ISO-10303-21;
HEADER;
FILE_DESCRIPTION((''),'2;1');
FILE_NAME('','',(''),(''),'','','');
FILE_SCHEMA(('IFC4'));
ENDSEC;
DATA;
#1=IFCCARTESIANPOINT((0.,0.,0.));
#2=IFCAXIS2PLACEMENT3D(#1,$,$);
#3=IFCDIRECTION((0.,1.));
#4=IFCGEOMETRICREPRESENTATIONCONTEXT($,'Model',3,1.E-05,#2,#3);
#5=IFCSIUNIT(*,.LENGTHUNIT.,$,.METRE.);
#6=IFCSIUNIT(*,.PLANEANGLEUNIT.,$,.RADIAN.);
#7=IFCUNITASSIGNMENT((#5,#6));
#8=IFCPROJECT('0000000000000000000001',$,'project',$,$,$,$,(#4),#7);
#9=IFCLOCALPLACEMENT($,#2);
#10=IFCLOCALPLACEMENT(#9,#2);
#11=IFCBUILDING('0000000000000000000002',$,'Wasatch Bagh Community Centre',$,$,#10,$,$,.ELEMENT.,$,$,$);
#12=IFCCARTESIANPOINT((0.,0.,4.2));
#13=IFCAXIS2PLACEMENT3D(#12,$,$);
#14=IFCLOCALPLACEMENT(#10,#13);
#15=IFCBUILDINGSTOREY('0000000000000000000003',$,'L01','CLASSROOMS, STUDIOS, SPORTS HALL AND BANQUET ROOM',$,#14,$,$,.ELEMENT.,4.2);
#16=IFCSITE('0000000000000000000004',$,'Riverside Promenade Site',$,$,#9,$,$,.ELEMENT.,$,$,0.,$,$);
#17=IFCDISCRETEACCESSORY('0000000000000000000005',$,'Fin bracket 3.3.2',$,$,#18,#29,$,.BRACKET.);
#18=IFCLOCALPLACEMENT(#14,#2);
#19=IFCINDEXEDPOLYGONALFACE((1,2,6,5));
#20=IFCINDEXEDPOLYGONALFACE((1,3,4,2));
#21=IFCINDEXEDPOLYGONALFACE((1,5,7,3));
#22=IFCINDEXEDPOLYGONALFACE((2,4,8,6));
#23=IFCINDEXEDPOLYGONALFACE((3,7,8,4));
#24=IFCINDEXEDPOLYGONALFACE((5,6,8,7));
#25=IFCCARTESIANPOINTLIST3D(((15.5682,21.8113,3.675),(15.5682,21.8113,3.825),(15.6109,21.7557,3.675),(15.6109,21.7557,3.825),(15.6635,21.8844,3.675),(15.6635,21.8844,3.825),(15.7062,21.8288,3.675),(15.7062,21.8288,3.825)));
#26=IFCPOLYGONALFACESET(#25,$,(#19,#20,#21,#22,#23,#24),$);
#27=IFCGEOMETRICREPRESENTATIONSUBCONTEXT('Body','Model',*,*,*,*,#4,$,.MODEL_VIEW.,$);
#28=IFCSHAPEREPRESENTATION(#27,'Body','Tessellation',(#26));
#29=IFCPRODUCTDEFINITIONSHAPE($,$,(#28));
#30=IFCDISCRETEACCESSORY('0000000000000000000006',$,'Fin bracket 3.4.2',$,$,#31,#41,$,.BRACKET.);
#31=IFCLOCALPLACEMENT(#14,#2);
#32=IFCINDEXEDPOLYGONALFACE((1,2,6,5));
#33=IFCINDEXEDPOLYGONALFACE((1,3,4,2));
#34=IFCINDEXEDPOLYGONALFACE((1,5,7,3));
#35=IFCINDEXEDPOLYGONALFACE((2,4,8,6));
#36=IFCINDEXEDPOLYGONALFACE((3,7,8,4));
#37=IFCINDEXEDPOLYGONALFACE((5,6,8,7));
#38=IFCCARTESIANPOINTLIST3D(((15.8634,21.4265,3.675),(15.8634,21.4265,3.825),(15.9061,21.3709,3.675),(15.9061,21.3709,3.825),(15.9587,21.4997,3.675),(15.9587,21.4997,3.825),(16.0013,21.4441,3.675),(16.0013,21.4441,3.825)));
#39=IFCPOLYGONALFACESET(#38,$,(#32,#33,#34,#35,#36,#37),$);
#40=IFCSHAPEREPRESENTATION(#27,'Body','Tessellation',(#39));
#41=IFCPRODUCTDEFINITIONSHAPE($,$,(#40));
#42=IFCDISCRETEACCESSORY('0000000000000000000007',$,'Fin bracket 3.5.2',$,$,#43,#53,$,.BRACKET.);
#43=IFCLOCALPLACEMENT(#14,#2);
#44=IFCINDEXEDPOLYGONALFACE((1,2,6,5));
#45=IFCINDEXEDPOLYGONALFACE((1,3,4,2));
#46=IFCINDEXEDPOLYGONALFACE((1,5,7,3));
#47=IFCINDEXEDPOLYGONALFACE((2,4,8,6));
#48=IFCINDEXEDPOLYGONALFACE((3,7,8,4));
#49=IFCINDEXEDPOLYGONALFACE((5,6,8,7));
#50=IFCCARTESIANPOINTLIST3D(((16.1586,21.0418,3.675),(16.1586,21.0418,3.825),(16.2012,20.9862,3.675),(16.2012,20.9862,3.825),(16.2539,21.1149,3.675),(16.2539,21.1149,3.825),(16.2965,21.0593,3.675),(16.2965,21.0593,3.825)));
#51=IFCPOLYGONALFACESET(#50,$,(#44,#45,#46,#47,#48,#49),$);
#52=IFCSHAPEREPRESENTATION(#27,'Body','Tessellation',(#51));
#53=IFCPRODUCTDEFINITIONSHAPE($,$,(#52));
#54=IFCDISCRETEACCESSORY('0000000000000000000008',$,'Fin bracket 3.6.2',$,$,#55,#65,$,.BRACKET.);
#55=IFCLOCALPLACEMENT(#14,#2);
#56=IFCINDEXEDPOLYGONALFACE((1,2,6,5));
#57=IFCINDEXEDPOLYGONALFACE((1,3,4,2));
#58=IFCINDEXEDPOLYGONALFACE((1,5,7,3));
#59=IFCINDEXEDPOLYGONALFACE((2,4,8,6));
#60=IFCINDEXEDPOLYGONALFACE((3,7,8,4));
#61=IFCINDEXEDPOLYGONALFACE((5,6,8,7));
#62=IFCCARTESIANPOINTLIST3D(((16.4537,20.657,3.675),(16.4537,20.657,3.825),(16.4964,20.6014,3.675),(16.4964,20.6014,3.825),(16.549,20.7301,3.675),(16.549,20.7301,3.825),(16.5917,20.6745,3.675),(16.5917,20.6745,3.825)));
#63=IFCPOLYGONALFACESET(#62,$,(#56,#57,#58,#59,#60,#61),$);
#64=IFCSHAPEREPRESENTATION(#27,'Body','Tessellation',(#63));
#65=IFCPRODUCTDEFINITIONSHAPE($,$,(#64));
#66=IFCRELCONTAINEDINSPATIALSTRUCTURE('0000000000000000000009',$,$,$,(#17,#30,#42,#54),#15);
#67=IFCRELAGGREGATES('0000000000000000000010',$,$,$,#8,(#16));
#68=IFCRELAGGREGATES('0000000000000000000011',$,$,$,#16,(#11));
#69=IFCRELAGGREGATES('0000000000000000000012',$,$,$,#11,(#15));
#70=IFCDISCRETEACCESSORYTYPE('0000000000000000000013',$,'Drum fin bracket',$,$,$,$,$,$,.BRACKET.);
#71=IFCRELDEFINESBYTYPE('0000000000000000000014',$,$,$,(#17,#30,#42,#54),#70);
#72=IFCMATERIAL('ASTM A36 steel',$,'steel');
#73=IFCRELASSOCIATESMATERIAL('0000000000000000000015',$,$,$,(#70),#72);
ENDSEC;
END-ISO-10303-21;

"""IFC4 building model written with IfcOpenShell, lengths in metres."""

from ifc_helpers import new_model, si_unit, direction, frame, origin, origin_2d, place, context, subcontext, project, spatial, rectangle, extrude, material, type_object, element, save


model = new_model("IFC4")

# Units and contexts
model_context = context("Model", 3, precision=1e-05, world=origin(), true_north=direction((0.0, 1.0)))
body_context = subcontext(model_context, "Body", "Model", "MODEL_VIEW")
ifc_project = project(units=[si_unit("LENGTHUNIT", "METRE"), si_unit("PLANEANGLEUNIT", "RADIAN")], contexts=[model_context])

# Site, building, storey
site_placement = place(None, origin())
site = spatial("IfcSite", under=ifc_project, at=site_placement, Name="Riverside Promenade Site", CompositionType="ELEMENT", RefElevation=0.0)
building_placement = place(site_placement, origin())
building = spatial("IfcBuilding", under=site, at=building_placement, Name="Wasatch Bagh Community Centre", CompositionType="ELEMENT")
storey_placement = place(building_placement, frame((0.0, 0.0, 4.2)))
storey = spatial("IfcBuildingStorey", under=building, at=storey_placement, Name="L01", Description="CLASSROOMS, STUDIOS, SPORTS HALL AND BANQUET ROOM", CompositionType="ELEMENT", Elevation=4.2)

# Discrete accessories
ifc_material_1 = material(Name="ASTM A36 steel", Category="steel")
discrete_accessory_type = type_object("IfcDiscreteAccessoryType", Name="Drum fin bracket", PredefinedType="BRACKET", material=ifc_material_1)
for number, where, z_axis, x_axis, name in (
    (1, (15.6372, 21.8201, 3.675), (0.0, 0.0, 1.0), (0.608761, -0.793353, 0.0), "Fin bracket 3.3.2"),
    (2, (15.9324, 21.4353, 3.675), (0.0, 0.0, 1.0), (0.608761, -0.793353, 0.0), "Fin bracket 3.4.2"),
    (3, (16.2275, 21.0505, 3.675), (0.0, 0.0, 1.0), (0.608761, -0.793353, 0.0), "Fin bracket 3.5.2"),
    (4, (16.5227, 20.6658, 3.675), (0.0, 0.0, 1.0), (0.608761, -0.793353, 0.0), "Fin bracket 3.6.2"),
):
    element("IfcDiscreteAccessory", number, at=place(storey_placement, frame(where, z_axis=z_axis, x_axis=x_axis)), inside=storey, type_object=discrete_accessory_type, Name=name, PredefinedType="BRACKET", context=body_context, shape_type="SweptSolid", body=[
        extrude(rectangle(XDim=0.0701, YDim=0.1201, at=origin_2d()), origin(), (0.0, 0.0, 1.0), 0.1499),
    ])

save(model, "model.ifc")
